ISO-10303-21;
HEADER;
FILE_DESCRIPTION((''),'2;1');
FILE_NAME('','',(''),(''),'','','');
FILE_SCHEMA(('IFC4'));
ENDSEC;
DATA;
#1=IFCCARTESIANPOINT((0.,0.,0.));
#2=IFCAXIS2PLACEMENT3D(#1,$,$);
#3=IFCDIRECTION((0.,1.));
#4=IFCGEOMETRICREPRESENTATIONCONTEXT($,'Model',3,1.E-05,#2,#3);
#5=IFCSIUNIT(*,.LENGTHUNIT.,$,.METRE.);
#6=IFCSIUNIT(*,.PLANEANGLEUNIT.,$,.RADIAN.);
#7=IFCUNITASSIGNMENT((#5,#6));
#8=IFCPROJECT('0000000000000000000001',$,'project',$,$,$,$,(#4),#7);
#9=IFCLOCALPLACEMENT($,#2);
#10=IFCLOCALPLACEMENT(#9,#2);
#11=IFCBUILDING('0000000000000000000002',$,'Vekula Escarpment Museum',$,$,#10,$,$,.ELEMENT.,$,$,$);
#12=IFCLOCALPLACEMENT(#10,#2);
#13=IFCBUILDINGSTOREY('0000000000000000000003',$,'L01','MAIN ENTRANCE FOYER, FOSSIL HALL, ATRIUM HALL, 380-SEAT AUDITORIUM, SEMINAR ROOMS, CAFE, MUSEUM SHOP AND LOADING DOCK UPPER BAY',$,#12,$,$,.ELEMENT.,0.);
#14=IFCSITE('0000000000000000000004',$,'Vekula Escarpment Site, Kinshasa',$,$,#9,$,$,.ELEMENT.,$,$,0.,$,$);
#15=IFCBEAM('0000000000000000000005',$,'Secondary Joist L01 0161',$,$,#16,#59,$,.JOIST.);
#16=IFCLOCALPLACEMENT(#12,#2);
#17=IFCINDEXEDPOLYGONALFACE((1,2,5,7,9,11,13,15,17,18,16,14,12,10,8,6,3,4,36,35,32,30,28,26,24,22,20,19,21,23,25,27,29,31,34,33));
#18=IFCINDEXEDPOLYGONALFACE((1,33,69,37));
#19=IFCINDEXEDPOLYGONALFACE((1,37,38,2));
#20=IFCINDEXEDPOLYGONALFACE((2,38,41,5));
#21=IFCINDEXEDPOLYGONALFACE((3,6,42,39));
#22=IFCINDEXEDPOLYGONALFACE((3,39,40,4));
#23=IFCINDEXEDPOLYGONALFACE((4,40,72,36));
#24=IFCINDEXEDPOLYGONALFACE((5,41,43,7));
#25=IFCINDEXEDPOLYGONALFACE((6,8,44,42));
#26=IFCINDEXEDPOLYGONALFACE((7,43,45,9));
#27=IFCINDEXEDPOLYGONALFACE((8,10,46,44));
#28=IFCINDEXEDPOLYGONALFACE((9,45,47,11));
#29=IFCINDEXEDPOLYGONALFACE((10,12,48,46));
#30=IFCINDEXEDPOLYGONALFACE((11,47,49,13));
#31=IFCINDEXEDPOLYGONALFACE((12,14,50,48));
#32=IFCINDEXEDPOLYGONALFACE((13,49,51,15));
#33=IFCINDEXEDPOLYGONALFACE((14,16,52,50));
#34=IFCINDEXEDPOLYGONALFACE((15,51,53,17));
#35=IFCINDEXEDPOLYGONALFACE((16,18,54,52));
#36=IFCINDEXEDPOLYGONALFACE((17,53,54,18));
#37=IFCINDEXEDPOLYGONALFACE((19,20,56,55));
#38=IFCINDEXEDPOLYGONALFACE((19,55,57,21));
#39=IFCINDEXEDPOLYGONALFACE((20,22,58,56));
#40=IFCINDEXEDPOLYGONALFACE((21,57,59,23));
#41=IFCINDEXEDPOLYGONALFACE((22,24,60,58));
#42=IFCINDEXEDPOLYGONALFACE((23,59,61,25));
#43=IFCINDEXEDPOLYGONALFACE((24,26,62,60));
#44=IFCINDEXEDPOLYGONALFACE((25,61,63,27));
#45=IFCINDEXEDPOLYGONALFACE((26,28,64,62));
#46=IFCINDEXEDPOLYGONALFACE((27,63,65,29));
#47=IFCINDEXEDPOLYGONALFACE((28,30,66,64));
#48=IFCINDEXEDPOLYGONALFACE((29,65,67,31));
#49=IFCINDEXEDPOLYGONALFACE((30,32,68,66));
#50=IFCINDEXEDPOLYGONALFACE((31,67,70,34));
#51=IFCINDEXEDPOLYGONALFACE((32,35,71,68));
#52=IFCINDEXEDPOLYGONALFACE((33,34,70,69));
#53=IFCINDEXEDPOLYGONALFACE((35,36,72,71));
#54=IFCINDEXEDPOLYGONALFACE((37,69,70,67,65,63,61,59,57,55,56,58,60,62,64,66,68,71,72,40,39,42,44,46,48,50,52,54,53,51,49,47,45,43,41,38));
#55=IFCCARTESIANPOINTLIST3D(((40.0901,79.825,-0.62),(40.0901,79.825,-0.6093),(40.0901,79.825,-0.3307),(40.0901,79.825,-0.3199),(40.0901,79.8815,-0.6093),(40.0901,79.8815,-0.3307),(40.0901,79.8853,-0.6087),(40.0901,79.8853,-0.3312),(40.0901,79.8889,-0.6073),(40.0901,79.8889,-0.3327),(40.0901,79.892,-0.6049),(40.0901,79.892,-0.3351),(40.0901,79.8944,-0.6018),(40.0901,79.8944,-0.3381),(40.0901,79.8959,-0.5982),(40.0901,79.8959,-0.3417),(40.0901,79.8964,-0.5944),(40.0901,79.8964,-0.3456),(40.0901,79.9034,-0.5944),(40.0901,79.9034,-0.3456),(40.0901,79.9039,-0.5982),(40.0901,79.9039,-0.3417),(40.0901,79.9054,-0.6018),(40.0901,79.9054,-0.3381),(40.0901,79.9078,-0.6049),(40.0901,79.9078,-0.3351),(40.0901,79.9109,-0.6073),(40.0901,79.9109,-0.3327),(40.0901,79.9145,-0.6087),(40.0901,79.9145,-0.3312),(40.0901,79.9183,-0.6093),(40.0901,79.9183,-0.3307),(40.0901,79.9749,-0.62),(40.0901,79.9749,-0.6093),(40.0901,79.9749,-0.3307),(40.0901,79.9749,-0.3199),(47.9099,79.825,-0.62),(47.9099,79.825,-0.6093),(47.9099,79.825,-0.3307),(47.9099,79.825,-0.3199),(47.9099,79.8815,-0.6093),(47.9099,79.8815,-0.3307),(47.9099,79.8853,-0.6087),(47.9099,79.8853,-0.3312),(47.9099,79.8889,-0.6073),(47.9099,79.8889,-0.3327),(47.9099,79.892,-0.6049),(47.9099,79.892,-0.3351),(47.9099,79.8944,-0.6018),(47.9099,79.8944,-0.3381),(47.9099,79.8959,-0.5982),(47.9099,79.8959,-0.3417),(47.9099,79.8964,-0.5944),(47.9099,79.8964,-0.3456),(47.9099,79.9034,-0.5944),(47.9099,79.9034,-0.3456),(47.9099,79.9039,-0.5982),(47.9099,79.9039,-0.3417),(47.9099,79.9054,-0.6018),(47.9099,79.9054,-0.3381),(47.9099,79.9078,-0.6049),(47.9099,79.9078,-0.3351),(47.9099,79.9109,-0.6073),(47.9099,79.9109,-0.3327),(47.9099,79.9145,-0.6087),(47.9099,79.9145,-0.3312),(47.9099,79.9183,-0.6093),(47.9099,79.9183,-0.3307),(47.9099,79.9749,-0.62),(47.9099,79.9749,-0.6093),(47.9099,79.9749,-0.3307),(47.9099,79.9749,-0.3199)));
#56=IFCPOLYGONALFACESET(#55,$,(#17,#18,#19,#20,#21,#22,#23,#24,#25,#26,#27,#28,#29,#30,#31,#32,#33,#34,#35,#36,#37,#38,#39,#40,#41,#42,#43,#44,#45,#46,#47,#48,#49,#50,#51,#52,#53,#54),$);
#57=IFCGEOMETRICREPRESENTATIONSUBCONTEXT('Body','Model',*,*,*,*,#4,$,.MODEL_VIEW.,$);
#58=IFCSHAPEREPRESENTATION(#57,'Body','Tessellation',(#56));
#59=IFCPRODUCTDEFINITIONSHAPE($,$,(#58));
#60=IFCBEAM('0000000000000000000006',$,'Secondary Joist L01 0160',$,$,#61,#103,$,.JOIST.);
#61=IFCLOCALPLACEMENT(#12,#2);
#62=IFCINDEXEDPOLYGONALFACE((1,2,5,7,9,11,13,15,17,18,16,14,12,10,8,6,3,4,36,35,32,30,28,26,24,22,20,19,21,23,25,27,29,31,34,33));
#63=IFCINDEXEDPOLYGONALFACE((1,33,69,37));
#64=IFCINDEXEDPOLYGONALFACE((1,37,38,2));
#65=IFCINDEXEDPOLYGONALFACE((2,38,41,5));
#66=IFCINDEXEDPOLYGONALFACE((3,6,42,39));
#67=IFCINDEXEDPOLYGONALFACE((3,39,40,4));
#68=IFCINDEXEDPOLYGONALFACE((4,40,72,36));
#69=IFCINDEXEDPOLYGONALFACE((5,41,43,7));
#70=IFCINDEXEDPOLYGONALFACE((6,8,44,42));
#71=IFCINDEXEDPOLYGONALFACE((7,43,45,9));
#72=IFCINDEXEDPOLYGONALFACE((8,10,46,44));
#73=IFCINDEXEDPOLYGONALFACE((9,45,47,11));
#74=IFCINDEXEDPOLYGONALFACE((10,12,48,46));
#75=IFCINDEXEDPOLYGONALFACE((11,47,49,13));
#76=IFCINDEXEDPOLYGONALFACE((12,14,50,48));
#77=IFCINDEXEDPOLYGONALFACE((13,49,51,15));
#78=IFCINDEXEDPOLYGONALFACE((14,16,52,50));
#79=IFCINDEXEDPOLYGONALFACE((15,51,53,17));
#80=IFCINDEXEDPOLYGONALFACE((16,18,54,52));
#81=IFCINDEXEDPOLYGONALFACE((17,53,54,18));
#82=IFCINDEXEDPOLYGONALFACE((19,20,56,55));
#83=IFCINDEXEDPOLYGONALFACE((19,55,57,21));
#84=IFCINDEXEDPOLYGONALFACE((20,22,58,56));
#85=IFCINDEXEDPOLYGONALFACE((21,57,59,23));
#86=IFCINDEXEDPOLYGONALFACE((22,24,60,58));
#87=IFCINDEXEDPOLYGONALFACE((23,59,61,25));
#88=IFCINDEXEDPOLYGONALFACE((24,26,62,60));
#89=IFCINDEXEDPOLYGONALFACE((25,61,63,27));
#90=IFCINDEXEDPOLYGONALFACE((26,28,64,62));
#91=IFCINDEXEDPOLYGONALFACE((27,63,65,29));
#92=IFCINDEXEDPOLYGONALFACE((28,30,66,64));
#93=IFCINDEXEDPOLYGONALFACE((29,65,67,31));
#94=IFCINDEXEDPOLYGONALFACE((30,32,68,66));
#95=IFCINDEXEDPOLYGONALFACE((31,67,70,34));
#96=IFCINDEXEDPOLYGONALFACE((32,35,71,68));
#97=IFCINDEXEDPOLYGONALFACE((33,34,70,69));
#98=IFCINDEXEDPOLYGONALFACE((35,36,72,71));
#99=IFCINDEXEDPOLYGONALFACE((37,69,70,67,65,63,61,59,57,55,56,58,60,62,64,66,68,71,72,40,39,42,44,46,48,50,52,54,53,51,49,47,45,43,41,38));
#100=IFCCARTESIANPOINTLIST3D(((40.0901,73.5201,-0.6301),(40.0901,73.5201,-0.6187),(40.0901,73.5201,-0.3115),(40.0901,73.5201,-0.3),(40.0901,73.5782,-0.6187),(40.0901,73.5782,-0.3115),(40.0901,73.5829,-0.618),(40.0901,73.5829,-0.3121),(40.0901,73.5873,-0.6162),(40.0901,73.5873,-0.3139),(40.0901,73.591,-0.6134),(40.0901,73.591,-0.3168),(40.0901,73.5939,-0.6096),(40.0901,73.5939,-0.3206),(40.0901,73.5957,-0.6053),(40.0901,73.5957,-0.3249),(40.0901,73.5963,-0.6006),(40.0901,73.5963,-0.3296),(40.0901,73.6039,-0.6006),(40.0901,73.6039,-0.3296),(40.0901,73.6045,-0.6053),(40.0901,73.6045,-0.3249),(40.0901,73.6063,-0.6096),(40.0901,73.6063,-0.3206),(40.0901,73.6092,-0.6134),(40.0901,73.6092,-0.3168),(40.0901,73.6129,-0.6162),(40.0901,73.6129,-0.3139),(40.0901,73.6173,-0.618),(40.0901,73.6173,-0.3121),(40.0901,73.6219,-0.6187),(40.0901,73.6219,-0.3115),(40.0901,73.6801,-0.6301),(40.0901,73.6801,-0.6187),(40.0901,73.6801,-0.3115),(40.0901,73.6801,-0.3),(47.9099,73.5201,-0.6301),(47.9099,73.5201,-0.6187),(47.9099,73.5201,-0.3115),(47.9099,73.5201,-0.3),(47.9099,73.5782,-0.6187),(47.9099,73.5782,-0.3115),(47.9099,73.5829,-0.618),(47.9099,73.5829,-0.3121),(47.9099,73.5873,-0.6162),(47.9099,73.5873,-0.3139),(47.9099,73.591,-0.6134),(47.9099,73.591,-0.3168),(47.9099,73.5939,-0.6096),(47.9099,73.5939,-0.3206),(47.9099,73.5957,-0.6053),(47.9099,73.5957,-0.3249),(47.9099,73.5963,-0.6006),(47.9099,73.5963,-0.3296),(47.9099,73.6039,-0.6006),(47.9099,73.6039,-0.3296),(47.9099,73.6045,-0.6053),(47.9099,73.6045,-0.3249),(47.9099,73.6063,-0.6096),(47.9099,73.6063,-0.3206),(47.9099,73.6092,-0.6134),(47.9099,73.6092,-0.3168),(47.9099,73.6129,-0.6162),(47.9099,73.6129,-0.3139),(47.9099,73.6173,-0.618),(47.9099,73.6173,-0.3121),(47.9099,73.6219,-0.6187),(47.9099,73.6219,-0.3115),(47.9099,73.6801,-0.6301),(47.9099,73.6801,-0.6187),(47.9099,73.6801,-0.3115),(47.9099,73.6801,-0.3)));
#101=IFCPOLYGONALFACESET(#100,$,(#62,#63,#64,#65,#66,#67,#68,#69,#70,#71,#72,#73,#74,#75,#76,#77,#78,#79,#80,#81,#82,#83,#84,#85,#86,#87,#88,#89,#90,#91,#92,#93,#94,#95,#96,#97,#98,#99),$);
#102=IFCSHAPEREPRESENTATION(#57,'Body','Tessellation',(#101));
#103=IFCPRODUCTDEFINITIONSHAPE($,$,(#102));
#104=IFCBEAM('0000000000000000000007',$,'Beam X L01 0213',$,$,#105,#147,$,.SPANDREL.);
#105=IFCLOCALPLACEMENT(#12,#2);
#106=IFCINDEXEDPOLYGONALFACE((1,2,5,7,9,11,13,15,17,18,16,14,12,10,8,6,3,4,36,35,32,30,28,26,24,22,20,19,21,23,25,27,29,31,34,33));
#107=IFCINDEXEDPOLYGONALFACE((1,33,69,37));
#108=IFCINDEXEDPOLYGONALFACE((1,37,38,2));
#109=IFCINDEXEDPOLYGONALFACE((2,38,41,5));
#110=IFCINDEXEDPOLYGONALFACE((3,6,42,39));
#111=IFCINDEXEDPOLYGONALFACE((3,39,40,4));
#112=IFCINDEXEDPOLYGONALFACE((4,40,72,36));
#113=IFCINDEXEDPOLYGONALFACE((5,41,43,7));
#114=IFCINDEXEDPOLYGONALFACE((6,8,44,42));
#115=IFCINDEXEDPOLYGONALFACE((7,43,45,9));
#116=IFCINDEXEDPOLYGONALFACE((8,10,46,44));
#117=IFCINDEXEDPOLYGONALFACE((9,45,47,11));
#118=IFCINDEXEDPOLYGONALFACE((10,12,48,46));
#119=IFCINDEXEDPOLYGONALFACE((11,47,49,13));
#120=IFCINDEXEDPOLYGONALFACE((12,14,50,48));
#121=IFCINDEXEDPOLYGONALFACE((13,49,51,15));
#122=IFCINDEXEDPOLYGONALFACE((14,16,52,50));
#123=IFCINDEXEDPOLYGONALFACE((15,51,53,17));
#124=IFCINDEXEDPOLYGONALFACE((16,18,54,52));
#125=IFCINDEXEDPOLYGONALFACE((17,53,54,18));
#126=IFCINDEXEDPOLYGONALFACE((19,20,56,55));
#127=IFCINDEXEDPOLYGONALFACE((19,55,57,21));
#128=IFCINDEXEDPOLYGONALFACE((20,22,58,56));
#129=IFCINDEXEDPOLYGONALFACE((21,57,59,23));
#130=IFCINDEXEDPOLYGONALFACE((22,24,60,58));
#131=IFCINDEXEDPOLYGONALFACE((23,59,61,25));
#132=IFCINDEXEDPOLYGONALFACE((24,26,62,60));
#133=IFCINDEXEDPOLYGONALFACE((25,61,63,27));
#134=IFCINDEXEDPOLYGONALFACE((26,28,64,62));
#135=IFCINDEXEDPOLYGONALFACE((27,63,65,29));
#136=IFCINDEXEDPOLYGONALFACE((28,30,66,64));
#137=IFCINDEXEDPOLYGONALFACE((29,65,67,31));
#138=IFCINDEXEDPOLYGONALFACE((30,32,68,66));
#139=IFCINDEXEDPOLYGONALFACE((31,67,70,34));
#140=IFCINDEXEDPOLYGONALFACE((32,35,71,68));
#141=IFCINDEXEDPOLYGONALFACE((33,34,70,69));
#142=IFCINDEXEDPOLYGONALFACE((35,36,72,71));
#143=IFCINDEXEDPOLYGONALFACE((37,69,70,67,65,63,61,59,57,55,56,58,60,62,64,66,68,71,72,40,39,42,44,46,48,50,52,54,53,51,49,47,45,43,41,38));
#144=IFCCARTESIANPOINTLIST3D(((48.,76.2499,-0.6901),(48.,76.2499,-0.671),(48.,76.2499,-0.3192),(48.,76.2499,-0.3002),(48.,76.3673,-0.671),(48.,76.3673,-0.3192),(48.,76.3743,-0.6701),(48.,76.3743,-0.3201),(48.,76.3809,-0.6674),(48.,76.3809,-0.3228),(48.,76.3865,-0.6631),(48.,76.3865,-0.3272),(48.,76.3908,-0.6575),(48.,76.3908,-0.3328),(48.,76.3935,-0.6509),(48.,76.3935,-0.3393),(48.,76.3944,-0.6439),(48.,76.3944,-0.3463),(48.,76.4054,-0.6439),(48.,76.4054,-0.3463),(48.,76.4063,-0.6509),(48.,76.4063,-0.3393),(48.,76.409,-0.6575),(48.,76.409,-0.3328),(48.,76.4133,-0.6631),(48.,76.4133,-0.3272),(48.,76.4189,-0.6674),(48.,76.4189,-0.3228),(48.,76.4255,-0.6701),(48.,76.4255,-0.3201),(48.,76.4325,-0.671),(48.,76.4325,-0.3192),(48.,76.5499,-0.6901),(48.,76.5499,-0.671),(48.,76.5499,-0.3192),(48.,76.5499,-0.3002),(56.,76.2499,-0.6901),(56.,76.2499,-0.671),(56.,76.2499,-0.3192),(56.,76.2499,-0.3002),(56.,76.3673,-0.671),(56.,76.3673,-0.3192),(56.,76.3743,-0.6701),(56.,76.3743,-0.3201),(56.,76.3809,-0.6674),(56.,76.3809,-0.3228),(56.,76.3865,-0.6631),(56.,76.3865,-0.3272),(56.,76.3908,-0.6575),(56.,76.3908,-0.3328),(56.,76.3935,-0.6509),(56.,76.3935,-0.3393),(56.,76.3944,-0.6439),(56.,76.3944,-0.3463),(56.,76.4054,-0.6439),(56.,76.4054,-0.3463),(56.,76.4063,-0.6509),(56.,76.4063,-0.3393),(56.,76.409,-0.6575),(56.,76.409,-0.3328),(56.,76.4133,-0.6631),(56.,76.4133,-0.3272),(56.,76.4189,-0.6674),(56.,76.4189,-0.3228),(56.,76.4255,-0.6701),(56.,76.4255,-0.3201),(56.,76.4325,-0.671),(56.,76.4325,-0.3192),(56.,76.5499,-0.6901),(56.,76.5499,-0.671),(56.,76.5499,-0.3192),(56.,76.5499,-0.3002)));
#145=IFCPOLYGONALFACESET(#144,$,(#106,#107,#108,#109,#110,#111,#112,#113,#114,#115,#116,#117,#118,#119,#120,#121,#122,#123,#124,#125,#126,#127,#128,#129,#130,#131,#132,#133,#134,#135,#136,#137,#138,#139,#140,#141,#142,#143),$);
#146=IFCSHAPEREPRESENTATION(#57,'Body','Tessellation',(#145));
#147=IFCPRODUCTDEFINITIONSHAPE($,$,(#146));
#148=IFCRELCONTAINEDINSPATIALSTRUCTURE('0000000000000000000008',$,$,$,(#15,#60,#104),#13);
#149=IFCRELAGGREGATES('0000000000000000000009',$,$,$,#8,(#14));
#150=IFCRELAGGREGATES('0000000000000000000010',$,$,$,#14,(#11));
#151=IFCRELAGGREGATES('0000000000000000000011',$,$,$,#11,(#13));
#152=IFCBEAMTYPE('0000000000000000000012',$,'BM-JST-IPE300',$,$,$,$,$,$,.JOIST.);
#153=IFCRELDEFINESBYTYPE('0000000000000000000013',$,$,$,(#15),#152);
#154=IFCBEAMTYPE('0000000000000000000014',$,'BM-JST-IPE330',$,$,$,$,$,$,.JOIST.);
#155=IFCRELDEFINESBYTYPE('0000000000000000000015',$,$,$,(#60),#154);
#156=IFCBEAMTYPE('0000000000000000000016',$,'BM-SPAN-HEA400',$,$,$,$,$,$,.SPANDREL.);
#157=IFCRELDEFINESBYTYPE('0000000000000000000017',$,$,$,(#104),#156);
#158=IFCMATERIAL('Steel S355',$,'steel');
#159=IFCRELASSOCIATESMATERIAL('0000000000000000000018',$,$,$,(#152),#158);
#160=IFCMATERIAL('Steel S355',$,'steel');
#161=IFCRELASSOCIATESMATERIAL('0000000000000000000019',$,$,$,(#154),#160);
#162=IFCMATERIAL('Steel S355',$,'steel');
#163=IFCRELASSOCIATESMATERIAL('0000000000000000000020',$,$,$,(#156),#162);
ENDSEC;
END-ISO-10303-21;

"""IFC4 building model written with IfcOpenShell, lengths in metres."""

from ifc_helpers import new_model, si_unit, direction, frame, origin, origin_2d, place, context, subcontext, project, spatial, i_section, extrude, material, material_profile, profile_set, type_object, element, save


model = new_model("IFC4")

# Units and contexts
model_context = context("Model", 3, precision=1e-05, world=origin(), true_north=direction((0.0, 1.0)))
body_context = subcontext(model_context, "Body", "Model", "MODEL_VIEW")
ifc_project = project(units=[si_unit("LENGTHUNIT", "METRE"), si_unit("PLANEANGLEUNIT", "RADIAN")], contexts=[model_context])

# Site, building, storey
site_placement = place(None, origin())
site = spatial("IfcSite", under=ifc_project, at=site_placement, Name="Vekula Escarpment Site, Kinshasa", CompositionType="ELEMENT", RefElevation=0.0)
building_placement = place(site_placement, origin())
building = spatial("IfcBuilding", under=site, at=building_placement, Name="Vekula Escarpment Museum", CompositionType="ELEMENT")
storey_placement = place(building_placement, origin())
storey = spatial("IfcBuildingStorey", under=building, at=storey_placement, Name="L01", Description="MAIN ENTRANCE FOYER, FOSSIL HALL, ATRIUM HALL, 380-SEAT AUDITORIUM, SEMINAR ROOMS, CAFE, MUSEUM SHOP AND LOADING DOCK UPPER BAY", CompositionType="ELEMENT", Elevation=0.0)

# Beams
ifc_material_1 = material(Name="Steel S355", Category="steel")
ifc_material_profile_1 = material_profile(ifc_material_1, i_section(OverallWidth=0.1499, OverallDepth=0.3, WebThickness=0.0071, FlangeThickness=0.0107, FilletRadius=0.0149, at=origin_2d()), Name="IPE 300")
ifc_profile_set_1 = profile_set([ifc_material_profile_1], Name="Steel S355")
beam_type_1 = type_object("IfcBeamType", Name="BM-JST-IPE300", PredefinedType="JOIST", material=ifc_profile_set_1)
beam_1_placement = place(storey_placement, frame((40.0901, 79.8999, -0.47), z_axis=(1.0, 0.0, 0.0), x_axis=(0.0, 1.0, 0.0)))
element("IfcBeam", 1, at=beam_1_placement, inside=storey, type_object=beam_type_1, Name="Secondary Joist L01 0161", PredefinedType="JOIST", context=body_context, shape_type="SweptSolid", body=[
    extrude(i_section(OverallWidth=0.1499, OverallDepth=0.3, WebThickness=0.0071, FlangeThickness=0.0107, FilletRadius=0.0149, at=origin_2d()), origin(), (0.0, 0.0, 1.0), 7.8198),
])
ifc_material_2 = material(Name="Steel S355", Category="steel")
ifc_material_profile_2 = material_profile(ifc_material_2, i_section(OverallWidth=0.1599, OverallDepth=0.3301, WebThickness=0.0076, FlangeThickness=0.0115, FilletRadius=0.0181, at=origin_2d()), Name="IPE 330")
ifc_profile_set_2 = profile_set([ifc_material_profile_2], Name="Steel S355")
beam_type_2 = type_object("IfcBeamType", Name="BM-JST-IPE330", PredefinedType="JOIST", material=ifc_profile_set_2)
beam_2_placement = place(storey_placement, frame((40.0901, 73.6001, -0.4651), z_axis=(1.0, 0.0, 0.0), x_axis=(0.0, 1.0, 0.0)))
element("IfcBeam", 2, at=beam_2_placement, inside=storey, type_object=beam_type_2, Name="Secondary Joist L01 0160", PredefinedType="JOIST", context=body_context, shape_type="SweptSolid", body=[
    extrude(i_section(OverallWidth=0.1599, OverallDepth=0.3301, WebThickness=0.0076, FlangeThickness=0.0115, FilletRadius=0.0181, at=origin_2d()), origin(), (0.0, 0.0, 1.0), 7.8198),
])
ifc_material_3 = material(Name="Steel S355", Category="steel")
ifc_material_profile_3 = material_profile(ifc_material_3, i_section(OverallWidth=0.3, OverallDepth=0.3899, WebThickness=0.011, FlangeThickness=0.019, FilletRadius=0.0271, at=origin_2d()), Name="HEA 400")
ifc_profile_set_3 = profile_set([ifc_material_profile_3], Name="Steel S355")
beam_type_3 = type_object("IfcBeamType", Name="BM-SPAN-HEA400", PredefinedType="SPANDREL", material=ifc_profile_set_3)
beam_3_placement = place(storey_placement, frame((48.0, 76.3999, -0.4951), z_axis=(1.0, 0.0, 0.0), x_axis=(0.0, 1.0, 0.0)))
element("IfcBeam", 3, at=beam_3_placement, inside=storey, type_object=beam_type_3, Name="Beam X L01 0213", PredefinedType="SPANDREL", context=body_context, shape_type="SweptSolid", body=[
    extrude(i_section(OverallWidth=0.3, OverallDepth=0.3899, WebThickness=0.011, FlangeThickness=0.019, FilletRadius=0.0271, at=origin_2d()), origin(), (0.0, 0.0, 1.0), 8.0),
])

save(model, "model.ifc")
